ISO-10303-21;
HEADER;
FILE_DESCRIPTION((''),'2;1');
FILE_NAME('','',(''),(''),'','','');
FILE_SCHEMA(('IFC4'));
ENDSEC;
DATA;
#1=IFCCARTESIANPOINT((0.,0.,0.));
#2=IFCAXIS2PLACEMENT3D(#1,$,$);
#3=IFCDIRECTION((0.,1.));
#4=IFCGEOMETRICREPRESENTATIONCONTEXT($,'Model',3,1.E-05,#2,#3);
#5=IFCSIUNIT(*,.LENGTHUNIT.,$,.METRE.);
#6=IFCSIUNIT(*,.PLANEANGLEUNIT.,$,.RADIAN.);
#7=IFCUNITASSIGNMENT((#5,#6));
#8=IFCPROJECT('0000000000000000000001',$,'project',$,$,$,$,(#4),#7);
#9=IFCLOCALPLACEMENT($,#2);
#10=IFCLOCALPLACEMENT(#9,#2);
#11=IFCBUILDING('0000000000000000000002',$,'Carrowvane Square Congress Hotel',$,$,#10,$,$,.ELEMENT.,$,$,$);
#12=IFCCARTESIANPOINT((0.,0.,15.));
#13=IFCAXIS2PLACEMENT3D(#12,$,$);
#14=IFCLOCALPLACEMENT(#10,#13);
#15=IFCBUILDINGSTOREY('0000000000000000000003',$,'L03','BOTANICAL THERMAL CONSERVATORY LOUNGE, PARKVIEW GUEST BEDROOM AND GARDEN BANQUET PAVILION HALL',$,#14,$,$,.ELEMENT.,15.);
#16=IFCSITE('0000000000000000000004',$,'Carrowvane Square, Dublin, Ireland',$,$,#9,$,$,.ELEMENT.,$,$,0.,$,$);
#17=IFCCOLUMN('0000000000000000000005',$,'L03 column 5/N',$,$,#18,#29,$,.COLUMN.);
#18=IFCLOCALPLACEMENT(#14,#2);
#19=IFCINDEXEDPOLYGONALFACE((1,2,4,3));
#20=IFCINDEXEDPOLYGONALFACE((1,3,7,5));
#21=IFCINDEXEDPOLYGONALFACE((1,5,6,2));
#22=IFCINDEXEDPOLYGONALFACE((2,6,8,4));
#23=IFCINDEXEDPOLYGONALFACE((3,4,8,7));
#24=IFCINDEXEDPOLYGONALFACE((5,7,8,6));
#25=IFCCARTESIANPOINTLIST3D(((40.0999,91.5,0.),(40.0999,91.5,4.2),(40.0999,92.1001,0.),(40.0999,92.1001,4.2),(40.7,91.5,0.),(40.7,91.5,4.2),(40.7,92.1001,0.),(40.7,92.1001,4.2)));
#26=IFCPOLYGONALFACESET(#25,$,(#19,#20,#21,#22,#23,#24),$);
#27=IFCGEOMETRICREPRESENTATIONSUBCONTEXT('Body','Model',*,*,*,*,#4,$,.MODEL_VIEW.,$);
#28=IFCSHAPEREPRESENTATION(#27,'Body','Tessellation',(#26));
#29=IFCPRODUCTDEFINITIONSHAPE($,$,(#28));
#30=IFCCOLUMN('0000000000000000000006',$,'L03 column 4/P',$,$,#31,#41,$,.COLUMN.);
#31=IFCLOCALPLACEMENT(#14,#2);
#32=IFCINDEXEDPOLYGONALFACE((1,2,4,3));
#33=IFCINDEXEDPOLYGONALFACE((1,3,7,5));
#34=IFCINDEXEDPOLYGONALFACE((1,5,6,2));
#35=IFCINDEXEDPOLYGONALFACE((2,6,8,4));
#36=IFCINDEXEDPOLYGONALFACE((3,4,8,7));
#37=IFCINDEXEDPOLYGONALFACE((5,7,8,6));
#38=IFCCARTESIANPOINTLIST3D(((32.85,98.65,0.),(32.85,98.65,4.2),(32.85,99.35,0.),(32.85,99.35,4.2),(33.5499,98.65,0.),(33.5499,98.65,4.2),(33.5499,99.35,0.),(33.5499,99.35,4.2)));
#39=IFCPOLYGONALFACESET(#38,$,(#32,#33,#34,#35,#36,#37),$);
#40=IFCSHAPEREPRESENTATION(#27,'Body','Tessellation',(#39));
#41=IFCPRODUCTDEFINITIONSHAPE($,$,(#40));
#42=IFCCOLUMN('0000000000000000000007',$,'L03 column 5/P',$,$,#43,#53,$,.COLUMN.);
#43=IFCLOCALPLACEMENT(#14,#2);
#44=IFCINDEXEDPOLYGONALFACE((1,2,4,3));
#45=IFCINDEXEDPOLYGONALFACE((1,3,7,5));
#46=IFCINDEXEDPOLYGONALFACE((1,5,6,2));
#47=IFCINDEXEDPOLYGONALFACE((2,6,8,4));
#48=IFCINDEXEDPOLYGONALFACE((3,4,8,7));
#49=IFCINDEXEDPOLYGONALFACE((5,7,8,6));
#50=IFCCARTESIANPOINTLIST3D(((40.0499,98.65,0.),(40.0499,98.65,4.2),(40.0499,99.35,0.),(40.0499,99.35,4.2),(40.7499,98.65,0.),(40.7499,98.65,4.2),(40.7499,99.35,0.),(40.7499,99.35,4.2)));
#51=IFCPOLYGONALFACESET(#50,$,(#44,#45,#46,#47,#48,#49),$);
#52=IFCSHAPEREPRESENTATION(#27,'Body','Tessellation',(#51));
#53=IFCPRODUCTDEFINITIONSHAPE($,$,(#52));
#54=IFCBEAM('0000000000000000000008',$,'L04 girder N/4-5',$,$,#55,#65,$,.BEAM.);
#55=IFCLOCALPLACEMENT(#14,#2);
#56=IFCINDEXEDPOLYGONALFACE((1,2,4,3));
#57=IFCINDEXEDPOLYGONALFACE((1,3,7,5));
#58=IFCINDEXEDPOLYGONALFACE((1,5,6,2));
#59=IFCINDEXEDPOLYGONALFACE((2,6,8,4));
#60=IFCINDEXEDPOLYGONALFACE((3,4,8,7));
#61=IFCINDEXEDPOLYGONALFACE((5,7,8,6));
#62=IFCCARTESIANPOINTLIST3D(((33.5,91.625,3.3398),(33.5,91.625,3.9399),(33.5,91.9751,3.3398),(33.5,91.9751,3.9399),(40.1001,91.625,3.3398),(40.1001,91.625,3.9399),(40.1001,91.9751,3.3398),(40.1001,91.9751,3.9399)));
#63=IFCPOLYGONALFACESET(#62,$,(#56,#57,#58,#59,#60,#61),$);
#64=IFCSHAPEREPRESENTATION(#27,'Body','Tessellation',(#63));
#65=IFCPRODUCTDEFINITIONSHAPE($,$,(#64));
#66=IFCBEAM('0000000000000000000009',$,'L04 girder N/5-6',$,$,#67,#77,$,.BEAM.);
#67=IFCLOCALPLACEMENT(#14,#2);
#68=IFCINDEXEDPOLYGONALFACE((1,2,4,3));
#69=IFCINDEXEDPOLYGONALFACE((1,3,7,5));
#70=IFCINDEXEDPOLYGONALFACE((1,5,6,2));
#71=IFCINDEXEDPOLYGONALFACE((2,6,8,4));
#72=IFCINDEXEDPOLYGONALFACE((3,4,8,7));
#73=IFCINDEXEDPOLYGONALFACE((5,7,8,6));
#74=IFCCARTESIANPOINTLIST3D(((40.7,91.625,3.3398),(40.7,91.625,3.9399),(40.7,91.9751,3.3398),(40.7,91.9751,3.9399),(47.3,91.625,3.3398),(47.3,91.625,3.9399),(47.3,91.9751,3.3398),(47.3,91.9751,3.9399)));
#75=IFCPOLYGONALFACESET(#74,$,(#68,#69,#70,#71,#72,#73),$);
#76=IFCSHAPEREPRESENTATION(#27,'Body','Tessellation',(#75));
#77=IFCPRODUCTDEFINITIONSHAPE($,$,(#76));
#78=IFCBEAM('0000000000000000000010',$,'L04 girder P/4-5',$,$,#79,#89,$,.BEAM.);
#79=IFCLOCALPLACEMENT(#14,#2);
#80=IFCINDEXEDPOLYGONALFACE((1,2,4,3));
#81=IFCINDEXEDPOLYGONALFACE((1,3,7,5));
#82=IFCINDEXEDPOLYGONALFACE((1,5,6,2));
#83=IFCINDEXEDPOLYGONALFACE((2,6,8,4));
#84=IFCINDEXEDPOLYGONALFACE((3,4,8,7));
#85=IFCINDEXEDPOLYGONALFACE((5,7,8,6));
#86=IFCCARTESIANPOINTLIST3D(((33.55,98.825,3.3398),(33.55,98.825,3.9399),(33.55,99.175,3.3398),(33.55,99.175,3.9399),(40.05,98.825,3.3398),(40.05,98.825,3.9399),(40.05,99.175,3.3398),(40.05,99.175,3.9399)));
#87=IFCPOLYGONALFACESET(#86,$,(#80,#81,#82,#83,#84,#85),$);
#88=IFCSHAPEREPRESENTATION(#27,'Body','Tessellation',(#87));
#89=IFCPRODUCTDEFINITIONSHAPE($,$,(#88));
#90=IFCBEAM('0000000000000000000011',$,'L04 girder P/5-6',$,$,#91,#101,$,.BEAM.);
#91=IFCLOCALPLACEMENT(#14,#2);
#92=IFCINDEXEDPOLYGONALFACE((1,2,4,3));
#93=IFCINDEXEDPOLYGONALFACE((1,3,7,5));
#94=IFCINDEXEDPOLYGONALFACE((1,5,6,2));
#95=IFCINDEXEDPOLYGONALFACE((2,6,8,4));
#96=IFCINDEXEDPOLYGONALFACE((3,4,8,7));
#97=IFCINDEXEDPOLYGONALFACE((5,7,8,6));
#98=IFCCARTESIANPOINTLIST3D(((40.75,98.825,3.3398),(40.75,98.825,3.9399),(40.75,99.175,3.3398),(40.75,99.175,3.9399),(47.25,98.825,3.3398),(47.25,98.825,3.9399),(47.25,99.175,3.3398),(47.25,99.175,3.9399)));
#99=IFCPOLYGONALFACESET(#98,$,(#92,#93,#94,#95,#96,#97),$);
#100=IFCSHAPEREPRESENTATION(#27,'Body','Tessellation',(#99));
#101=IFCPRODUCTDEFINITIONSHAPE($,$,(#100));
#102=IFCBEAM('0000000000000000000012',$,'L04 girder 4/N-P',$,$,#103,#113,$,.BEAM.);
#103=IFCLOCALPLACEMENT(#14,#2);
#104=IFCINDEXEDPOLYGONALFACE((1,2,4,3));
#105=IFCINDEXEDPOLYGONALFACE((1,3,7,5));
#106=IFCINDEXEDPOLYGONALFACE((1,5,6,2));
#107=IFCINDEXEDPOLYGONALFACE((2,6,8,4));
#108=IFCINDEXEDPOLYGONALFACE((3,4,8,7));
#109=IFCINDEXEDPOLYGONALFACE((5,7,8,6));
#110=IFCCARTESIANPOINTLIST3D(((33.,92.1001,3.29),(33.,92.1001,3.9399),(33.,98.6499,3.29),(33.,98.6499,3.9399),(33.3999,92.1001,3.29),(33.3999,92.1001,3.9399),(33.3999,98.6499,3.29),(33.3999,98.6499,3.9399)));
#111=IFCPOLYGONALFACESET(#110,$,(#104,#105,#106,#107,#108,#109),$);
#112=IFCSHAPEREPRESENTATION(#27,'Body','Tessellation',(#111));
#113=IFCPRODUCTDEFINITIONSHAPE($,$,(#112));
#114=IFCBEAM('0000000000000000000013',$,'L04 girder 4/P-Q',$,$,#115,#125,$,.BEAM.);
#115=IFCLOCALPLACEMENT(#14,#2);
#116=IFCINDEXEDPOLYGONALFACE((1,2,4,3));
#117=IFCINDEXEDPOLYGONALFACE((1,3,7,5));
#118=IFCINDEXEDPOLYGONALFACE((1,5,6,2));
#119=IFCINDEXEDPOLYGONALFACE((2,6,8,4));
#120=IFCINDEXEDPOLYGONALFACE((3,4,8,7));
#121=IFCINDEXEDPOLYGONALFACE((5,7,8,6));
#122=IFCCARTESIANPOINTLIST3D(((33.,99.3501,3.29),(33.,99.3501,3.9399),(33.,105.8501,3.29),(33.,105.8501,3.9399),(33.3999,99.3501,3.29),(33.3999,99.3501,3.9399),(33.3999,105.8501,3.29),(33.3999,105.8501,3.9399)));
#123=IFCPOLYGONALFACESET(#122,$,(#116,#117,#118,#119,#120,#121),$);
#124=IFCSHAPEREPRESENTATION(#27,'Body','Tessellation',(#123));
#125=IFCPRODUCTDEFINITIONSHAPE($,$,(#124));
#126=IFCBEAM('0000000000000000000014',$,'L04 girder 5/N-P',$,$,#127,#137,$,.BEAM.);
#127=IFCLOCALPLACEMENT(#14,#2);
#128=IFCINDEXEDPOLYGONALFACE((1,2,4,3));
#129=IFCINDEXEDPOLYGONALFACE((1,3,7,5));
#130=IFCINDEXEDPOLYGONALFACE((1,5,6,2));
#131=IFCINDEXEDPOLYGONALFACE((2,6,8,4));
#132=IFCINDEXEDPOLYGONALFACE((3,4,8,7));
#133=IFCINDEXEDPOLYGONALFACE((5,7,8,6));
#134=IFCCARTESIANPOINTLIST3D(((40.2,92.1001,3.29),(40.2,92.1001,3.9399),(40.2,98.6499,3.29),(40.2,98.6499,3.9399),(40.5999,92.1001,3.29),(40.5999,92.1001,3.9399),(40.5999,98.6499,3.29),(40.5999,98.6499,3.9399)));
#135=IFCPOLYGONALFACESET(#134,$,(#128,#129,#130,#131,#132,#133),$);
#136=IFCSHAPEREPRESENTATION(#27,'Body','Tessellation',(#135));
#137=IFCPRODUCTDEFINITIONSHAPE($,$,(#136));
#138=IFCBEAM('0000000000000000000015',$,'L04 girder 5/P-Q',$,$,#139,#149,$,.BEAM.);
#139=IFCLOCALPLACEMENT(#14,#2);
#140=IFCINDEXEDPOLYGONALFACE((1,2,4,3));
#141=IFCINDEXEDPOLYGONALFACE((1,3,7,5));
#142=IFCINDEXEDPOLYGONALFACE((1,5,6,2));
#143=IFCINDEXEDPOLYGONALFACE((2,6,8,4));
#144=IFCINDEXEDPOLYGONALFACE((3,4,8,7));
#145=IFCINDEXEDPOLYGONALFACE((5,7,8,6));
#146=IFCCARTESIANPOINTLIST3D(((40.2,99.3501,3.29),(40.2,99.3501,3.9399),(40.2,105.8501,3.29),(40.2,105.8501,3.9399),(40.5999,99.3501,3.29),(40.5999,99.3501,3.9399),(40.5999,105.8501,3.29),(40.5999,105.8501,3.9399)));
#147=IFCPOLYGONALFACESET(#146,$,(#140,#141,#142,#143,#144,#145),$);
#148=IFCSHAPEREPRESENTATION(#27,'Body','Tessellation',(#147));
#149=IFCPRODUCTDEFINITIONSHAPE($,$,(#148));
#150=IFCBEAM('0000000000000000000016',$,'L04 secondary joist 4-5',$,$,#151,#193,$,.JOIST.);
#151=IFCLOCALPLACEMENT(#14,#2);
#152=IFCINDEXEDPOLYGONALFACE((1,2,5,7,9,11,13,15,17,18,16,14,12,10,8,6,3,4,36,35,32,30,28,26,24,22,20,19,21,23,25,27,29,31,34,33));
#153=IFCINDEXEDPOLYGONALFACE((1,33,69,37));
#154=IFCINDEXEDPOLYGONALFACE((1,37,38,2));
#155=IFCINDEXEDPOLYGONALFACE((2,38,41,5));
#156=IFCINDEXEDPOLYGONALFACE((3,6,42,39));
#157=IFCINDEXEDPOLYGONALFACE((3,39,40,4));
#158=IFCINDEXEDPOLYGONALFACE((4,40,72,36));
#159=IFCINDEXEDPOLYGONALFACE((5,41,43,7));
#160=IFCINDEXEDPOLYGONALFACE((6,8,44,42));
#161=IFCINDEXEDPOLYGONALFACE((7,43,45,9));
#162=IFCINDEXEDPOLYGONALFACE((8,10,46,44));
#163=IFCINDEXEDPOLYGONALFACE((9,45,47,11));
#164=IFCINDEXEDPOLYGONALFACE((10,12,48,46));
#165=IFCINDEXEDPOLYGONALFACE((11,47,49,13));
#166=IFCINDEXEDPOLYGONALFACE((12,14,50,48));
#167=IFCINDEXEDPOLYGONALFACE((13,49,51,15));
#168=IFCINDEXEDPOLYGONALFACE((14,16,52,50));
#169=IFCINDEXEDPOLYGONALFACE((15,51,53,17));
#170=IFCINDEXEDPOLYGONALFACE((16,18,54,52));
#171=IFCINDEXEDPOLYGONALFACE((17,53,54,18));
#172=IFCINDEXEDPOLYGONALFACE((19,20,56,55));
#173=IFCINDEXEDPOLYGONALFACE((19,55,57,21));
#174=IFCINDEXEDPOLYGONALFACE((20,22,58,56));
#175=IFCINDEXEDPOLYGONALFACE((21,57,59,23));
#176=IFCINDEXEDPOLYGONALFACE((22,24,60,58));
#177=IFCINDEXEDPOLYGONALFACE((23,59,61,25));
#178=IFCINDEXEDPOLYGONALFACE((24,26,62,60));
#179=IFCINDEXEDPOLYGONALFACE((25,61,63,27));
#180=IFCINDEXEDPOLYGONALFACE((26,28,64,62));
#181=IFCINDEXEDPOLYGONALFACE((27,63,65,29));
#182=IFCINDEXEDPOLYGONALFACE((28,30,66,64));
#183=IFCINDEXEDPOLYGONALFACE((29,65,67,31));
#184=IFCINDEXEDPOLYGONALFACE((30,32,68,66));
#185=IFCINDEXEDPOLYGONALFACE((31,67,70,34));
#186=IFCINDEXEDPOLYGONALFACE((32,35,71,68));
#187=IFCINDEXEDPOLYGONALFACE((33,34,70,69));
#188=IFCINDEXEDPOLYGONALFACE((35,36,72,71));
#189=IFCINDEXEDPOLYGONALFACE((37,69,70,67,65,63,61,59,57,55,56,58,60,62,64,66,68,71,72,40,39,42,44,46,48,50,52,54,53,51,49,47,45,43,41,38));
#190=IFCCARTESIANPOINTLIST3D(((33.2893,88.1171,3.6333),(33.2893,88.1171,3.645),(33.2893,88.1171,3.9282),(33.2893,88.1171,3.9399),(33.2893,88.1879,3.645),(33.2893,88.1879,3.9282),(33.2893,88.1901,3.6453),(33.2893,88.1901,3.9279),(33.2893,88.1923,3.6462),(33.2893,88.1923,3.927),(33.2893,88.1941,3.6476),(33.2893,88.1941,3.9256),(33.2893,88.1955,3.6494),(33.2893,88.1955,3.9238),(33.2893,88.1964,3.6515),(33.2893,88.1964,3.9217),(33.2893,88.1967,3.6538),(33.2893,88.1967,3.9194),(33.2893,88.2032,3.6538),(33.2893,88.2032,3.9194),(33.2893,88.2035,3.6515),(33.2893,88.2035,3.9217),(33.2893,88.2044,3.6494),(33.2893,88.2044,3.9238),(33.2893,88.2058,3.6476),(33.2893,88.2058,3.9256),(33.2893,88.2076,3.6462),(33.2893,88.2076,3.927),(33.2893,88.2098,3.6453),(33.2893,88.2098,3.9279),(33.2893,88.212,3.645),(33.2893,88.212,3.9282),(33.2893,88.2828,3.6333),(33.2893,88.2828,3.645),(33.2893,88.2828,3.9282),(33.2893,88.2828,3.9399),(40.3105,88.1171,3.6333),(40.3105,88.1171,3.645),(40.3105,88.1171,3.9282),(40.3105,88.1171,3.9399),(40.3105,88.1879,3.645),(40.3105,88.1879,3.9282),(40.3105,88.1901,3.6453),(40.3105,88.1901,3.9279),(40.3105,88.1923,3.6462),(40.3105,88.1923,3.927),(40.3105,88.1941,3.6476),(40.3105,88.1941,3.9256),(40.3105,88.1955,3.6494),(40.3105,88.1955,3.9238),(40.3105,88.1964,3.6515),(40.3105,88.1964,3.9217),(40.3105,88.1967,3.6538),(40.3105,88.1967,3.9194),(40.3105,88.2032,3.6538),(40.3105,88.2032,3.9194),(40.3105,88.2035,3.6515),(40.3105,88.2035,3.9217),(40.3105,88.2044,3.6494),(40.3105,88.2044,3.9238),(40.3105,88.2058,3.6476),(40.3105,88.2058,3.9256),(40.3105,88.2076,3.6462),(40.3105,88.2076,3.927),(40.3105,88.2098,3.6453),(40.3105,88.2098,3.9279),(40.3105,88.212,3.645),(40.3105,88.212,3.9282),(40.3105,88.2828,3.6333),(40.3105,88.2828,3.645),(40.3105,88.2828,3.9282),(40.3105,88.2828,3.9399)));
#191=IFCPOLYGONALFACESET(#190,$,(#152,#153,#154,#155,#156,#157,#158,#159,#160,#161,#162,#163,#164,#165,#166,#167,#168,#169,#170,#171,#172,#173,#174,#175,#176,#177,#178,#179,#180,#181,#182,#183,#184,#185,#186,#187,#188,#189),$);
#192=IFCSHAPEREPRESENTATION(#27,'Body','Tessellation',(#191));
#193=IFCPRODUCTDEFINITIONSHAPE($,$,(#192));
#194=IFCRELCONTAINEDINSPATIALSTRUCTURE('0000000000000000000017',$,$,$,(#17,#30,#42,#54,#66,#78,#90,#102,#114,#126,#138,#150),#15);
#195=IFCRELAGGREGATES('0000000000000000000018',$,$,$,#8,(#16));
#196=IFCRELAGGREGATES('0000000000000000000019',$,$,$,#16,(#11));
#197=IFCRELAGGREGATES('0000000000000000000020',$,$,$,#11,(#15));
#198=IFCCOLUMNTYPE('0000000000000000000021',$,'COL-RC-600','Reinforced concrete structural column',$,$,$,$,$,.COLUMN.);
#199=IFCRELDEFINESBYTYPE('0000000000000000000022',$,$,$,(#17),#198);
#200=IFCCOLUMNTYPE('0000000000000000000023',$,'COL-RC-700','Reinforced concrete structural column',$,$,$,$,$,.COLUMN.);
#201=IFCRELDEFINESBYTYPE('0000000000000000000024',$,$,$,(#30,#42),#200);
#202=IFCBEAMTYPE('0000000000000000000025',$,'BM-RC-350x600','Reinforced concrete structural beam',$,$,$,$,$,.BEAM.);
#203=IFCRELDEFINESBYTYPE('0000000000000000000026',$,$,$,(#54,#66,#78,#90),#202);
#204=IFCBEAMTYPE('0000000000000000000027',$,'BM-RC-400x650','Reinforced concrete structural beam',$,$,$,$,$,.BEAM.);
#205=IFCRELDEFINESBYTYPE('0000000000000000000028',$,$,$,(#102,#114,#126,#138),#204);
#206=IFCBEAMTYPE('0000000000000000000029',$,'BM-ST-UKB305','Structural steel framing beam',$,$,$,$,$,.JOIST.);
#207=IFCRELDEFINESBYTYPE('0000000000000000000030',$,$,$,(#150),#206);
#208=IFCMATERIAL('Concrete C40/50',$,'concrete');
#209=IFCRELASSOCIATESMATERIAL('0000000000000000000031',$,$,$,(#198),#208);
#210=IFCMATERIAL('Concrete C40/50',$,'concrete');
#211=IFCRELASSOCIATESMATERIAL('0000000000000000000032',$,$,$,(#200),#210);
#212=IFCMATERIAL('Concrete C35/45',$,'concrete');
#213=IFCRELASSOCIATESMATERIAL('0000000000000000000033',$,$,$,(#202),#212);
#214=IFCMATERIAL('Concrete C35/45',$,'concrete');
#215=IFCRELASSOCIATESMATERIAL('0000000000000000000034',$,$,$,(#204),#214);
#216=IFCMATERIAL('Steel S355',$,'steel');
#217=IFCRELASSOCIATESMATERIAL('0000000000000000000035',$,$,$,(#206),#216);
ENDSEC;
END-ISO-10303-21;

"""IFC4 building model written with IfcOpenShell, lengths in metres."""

from ifc_helpers import new_model, si_unit, direction, frame, origin, origin_2d, place, context, subcontext, project, spatial, rectangle, i_section, extrude, material, material_profile, profile_set, type_object, element, save


model = new_model("IFC4")

# Units and contexts
model_context = context("Model", 3, precision=1e-05, world=origin(), true_north=direction((0.0, 1.0)))
body_context = subcontext(model_context, "Body", "Model", "MODEL_VIEW")
ifc_project = project(units=[si_unit("LENGTHUNIT", "METRE"), si_unit("PLANEANGLEUNIT", "RADIAN")], contexts=[model_context])

# Site, building, storey
site_placement = place(None, origin())
site = spatial("IfcSite", under=ifc_project, at=site_placement, Name="Carrowvane Square, Dublin, Ireland", CompositionType="ELEMENT", RefElevation=0.0)
building_placement = place(site_placement, origin())
building = spatial("IfcBuilding", under=site, at=building_placement, Name="Carrowvane Square Congress Hotel", CompositionType="ELEMENT")
storey_placement = place(building_placement, frame((0.0, 0.0, 15.0)))
storey = spatial("IfcBuildingStorey", under=building, at=storey_placement, Name="L03", Description="BOTANICAL THERMAL CONSERVATORY LOUNGE, PARKVIEW GUEST BEDROOM AND GARDEN BANQUET PAVILION HALL", CompositionType="ELEMENT", Elevation=15.0)

# Columns
ifc_material_1 = material(Name="Concrete C40/50", Category="concrete")
ifc_material_profile_1 = material_profile(ifc_material_1, rectangle(XDim=0.6001, YDim=0.6001, at=origin_2d()), Name="RC 600x600")
ifc_profile_set_1 = profile_set([ifc_material_profile_1], Name="Concrete C40/50")
column_type_1 = type_object("IfcColumnType", Name="COL-RC-600", Description="Reinforced concrete structural column", PredefinedType="COLUMN", material=ifc_profile_set_1)
column_placement = place(storey_placement, frame((40.3999, 91.8, 0.0), z_axis=(0.0, 0.0, 1.0), x_axis=(1.0, 0.0, 0.0)))
element("IfcColumn", 1, at=column_placement, inside=storey, type_object=column_type_1, Name="L03 column 5/N", PredefinedType="COLUMN", context=body_context, shape_type="SweptSolid", body=[
    extrude(rectangle(XDim=0.6001, YDim=0.6001, at=origin_2d()), origin(), (0.0, 0.0, 1.0), 4.2),
])
ifc_material_2 = material(Name="Concrete C40/50", Category="concrete")
ifc_material_profile_2 = material_profile(ifc_material_2, rectangle(XDim=0.7, YDim=0.7, at=origin_2d()), Name="RC 700x700")
ifc_profile_set_2 = profile_set([ifc_material_profile_2], Name="Concrete C40/50")
column_type_2 = type_object("IfcColumnType", Name="COL-RC-700", Description="Reinforced concrete structural column", PredefinedType="COLUMN", material=ifc_profile_set_2)
for number, where, z_axis, x_axis, name in (
    (2, (33.2, 99.0, 0.0), (0.0, 0.0, 1.0), (1.0, 0.0, 0.0), "L03 column 4/P"),
    (3, (40.3999, 99.0, 0.0), (0.0, 0.0, 1.0), (1.0, 0.0, 0.0), "L03 column 5/P"),
):
    element("IfcColumn", number, at=place(storey_placement, frame(where, z_axis=z_axis, x_axis=x_axis)), inside=storey, type_object=column_type_2, Name=name, PredefinedType="COLUMN", context=body_context, shape_type="SweptSolid", body=[
        extrude(rectangle(XDim=0.7, YDim=0.7, at=origin_2d()), origin(), (0.0, 0.0, 1.0), 4.2),
    ])

# Beams
ifc_material_3 = material(Name="Concrete C35/45", Category="concrete")
ifc_material_profile_3 = material_profile(ifc_material_3, rectangle(XDim=0.3501, YDim=0.6001, at=origin_2d()), Name="RC 350x600")
ifc_profile_set_3 = profile_set([ifc_material_profile_3], Name="Concrete C35/45")
beam_type_1 = type_object("IfcBeamType", Name="BM-RC-350x600", Description="Reinforced concrete structural beam", PredefinedType="BEAM", material=ifc_profile_set_3)
for number, where, z_axis, x_axis, name in (
    (4, (33.5, 91.8, 3.6399), (1.0, 0.0, 0.0), (0.0, 1.0, 0.0), "L04 girder N/4-5"),
    (5, (40.7, 91.8, 3.6399), (1.0, 0.0, 0.0), (0.0, 1.0, 0.0), "L04 girder N/5-6"),
):
    element("IfcBeam", number, at=place(storey_placement, frame(where, z_axis=z_axis, x_axis=x_axis)), inside=storey, type_object=beam_type_1, Name=name, PredefinedType="BEAM", context=body_context, shape_type="SweptSolid", body=[
        extrude(rectangle(XDim=0.3501, YDim=0.6001, at=origin_2d()), origin(), (0.0, 0.0, 1.0), 6.6001),
    ])
for number, where, z_axis, x_axis, name in (
    (6, (33.55, 99.0, 3.6399), (1.0, 0.0, 0.0), (0.0, 1.0, 0.0), "L04 girder P/4-5"),
    (7, (40.75, 99.0, 3.6399), (1.0, 0.0, 0.0), (0.0, 1.0, 0.0), "L04 girder P/5-6"),
):
    element("IfcBeam", number, at=place(storey_placement, frame(where, z_axis=z_axis, x_axis=x_axis)), inside=storey, type_object=beam_type_1, Name=name, PredefinedType="BEAM", context=body_context, shape_type="SweptSolid", body=[
        extrude(rectangle(XDim=0.3501, YDim=0.6001, at=origin_2d()), origin(), (0.0, 0.0, 1.0), 6.5),
    ])
ifc_material_4 = material(Name="Concrete C35/45", Category="concrete")
ifc_material_profile_4 = material_profile(ifc_material_4, rectangle(XDim=0.3999, YDim=0.6499, at=origin_2d()), Name="RC 400x650")
ifc_profile_set_4 = profile_set([ifc_material_profile_4], Name="Concrete C35/45")
beam_type_2 = type_object("IfcBeamType", Name="BM-RC-400x650", Description="Reinforced concrete structural beam", PredefinedType="BEAM", material=ifc_profile_set_4)
beam_1_placement = place(storey_placement, frame((33.2, 92.1001, 3.615), z_axis=(0.0, 1.0, 0.0), x_axis=(-1.0, 0.0, 0.0)))
element("IfcBeam", 8, at=beam_1_placement, inside=storey, type_object=beam_type_2, Name="L04 girder 4/N-P", PredefinedType="BEAM", context=body_context, shape_type="SweptSolid", body=[
    extrude(rectangle(XDim=0.3999, YDim=0.6499, at=origin_2d()), origin(), (0.0, 0.0, 1.0), 6.5498),
])
beam_2_placement = place(storey_placement, frame((33.2, 99.3501, 3.615), z_axis=(0.0, 1.0, 0.0), x_axis=(-1.0, 0.0, 0.0)))
element("IfcBeam", 9, at=beam_2_placement, inside=storey, type_object=beam_type_2, Name="L04 girder 4/P-Q", PredefinedType="BEAM", context=body_context, shape_type="SweptSolid", body=[
    extrude(rectangle(XDim=0.3999, YDim=0.6499, at=origin_2d()), origin(), (0.0, 0.0, 1.0), 6.5),
])
beam_3_placement = place(storey_placement, frame((40.3999, 92.1001, 3.615), z_axis=(0.0, 1.0, 0.0), x_axis=(-1.0, 0.0, 0.0)))
element("IfcBeam", 10, at=beam_3_placement, inside=storey, type_object=beam_type_2, Name="L04 girder 5/N-P", PredefinedType="BEAM", context=body_context, shape_type="SweptSolid", body=[
    extrude(rectangle(XDim=0.3999, YDim=0.6499, at=origin_2d()), origin(), (0.0, 0.0, 1.0), 6.5498),
])
beam_4_placement = place(storey_placement, frame((40.3999, 99.3501, 3.615), z_axis=(0.0, 1.0, 0.0), x_axis=(-1.0, 0.0, 0.0)))
element("IfcBeam", 11, at=beam_4_placement, inside=storey, type_object=beam_type_2, Name="L04 girder 5/P-Q", PredefinedType="BEAM", context=body_context, shape_type="SweptSolid", body=[
    extrude(rectangle(XDim=0.3999, YDim=0.6499, at=origin_2d()), origin(), (0.0, 0.0, 1.0), 6.5),
])
ifc_material_5 = material(Name="Steel S355", Category="steel")
ifc_material_profile_5 = material_profile(ifc_material_5, i_section(OverallWidth=0.1658, OverallDepth=0.3066, WebThickness=0.0066, FlangeThickness=0.0117, FilletRadius=0.0088, at=origin_2d()), Name="UKB 305x165x46")
ifc_profile_set_5 = profile_set([ifc_material_profile_5], Name="Steel S355")
beam_type_3 = type_object("IfcBeamType", Name="BM-ST-UKB305", Description="Structural steel framing beam", PredefinedType="JOIST", material=ifc_profile_set_5)
beam_5_placement = place(storey_placement, frame((33.2893, 88.2, 3.7866), z_axis=(1.0, 0.0, 0.0), x_axis=(0.0, 1.0, 0.0)))
element("IfcBeam", 12, at=beam_5_placement, inside=storey, type_object=beam_type_3, Name="L04 secondary joist 4-5", PredefinedType="JOIST", context=body_context, shape_type="SweptSolid", body=[
    extrude(i_section(OverallWidth=0.1658, OverallDepth=0.3066, WebThickness=0.0066, FlangeThickness=0.0117, FilletRadius=0.0088, at=origin_2d()), origin(), (0.0, 0.0, 1.0), 7.0212),
])

save(model, "model.ifc")
